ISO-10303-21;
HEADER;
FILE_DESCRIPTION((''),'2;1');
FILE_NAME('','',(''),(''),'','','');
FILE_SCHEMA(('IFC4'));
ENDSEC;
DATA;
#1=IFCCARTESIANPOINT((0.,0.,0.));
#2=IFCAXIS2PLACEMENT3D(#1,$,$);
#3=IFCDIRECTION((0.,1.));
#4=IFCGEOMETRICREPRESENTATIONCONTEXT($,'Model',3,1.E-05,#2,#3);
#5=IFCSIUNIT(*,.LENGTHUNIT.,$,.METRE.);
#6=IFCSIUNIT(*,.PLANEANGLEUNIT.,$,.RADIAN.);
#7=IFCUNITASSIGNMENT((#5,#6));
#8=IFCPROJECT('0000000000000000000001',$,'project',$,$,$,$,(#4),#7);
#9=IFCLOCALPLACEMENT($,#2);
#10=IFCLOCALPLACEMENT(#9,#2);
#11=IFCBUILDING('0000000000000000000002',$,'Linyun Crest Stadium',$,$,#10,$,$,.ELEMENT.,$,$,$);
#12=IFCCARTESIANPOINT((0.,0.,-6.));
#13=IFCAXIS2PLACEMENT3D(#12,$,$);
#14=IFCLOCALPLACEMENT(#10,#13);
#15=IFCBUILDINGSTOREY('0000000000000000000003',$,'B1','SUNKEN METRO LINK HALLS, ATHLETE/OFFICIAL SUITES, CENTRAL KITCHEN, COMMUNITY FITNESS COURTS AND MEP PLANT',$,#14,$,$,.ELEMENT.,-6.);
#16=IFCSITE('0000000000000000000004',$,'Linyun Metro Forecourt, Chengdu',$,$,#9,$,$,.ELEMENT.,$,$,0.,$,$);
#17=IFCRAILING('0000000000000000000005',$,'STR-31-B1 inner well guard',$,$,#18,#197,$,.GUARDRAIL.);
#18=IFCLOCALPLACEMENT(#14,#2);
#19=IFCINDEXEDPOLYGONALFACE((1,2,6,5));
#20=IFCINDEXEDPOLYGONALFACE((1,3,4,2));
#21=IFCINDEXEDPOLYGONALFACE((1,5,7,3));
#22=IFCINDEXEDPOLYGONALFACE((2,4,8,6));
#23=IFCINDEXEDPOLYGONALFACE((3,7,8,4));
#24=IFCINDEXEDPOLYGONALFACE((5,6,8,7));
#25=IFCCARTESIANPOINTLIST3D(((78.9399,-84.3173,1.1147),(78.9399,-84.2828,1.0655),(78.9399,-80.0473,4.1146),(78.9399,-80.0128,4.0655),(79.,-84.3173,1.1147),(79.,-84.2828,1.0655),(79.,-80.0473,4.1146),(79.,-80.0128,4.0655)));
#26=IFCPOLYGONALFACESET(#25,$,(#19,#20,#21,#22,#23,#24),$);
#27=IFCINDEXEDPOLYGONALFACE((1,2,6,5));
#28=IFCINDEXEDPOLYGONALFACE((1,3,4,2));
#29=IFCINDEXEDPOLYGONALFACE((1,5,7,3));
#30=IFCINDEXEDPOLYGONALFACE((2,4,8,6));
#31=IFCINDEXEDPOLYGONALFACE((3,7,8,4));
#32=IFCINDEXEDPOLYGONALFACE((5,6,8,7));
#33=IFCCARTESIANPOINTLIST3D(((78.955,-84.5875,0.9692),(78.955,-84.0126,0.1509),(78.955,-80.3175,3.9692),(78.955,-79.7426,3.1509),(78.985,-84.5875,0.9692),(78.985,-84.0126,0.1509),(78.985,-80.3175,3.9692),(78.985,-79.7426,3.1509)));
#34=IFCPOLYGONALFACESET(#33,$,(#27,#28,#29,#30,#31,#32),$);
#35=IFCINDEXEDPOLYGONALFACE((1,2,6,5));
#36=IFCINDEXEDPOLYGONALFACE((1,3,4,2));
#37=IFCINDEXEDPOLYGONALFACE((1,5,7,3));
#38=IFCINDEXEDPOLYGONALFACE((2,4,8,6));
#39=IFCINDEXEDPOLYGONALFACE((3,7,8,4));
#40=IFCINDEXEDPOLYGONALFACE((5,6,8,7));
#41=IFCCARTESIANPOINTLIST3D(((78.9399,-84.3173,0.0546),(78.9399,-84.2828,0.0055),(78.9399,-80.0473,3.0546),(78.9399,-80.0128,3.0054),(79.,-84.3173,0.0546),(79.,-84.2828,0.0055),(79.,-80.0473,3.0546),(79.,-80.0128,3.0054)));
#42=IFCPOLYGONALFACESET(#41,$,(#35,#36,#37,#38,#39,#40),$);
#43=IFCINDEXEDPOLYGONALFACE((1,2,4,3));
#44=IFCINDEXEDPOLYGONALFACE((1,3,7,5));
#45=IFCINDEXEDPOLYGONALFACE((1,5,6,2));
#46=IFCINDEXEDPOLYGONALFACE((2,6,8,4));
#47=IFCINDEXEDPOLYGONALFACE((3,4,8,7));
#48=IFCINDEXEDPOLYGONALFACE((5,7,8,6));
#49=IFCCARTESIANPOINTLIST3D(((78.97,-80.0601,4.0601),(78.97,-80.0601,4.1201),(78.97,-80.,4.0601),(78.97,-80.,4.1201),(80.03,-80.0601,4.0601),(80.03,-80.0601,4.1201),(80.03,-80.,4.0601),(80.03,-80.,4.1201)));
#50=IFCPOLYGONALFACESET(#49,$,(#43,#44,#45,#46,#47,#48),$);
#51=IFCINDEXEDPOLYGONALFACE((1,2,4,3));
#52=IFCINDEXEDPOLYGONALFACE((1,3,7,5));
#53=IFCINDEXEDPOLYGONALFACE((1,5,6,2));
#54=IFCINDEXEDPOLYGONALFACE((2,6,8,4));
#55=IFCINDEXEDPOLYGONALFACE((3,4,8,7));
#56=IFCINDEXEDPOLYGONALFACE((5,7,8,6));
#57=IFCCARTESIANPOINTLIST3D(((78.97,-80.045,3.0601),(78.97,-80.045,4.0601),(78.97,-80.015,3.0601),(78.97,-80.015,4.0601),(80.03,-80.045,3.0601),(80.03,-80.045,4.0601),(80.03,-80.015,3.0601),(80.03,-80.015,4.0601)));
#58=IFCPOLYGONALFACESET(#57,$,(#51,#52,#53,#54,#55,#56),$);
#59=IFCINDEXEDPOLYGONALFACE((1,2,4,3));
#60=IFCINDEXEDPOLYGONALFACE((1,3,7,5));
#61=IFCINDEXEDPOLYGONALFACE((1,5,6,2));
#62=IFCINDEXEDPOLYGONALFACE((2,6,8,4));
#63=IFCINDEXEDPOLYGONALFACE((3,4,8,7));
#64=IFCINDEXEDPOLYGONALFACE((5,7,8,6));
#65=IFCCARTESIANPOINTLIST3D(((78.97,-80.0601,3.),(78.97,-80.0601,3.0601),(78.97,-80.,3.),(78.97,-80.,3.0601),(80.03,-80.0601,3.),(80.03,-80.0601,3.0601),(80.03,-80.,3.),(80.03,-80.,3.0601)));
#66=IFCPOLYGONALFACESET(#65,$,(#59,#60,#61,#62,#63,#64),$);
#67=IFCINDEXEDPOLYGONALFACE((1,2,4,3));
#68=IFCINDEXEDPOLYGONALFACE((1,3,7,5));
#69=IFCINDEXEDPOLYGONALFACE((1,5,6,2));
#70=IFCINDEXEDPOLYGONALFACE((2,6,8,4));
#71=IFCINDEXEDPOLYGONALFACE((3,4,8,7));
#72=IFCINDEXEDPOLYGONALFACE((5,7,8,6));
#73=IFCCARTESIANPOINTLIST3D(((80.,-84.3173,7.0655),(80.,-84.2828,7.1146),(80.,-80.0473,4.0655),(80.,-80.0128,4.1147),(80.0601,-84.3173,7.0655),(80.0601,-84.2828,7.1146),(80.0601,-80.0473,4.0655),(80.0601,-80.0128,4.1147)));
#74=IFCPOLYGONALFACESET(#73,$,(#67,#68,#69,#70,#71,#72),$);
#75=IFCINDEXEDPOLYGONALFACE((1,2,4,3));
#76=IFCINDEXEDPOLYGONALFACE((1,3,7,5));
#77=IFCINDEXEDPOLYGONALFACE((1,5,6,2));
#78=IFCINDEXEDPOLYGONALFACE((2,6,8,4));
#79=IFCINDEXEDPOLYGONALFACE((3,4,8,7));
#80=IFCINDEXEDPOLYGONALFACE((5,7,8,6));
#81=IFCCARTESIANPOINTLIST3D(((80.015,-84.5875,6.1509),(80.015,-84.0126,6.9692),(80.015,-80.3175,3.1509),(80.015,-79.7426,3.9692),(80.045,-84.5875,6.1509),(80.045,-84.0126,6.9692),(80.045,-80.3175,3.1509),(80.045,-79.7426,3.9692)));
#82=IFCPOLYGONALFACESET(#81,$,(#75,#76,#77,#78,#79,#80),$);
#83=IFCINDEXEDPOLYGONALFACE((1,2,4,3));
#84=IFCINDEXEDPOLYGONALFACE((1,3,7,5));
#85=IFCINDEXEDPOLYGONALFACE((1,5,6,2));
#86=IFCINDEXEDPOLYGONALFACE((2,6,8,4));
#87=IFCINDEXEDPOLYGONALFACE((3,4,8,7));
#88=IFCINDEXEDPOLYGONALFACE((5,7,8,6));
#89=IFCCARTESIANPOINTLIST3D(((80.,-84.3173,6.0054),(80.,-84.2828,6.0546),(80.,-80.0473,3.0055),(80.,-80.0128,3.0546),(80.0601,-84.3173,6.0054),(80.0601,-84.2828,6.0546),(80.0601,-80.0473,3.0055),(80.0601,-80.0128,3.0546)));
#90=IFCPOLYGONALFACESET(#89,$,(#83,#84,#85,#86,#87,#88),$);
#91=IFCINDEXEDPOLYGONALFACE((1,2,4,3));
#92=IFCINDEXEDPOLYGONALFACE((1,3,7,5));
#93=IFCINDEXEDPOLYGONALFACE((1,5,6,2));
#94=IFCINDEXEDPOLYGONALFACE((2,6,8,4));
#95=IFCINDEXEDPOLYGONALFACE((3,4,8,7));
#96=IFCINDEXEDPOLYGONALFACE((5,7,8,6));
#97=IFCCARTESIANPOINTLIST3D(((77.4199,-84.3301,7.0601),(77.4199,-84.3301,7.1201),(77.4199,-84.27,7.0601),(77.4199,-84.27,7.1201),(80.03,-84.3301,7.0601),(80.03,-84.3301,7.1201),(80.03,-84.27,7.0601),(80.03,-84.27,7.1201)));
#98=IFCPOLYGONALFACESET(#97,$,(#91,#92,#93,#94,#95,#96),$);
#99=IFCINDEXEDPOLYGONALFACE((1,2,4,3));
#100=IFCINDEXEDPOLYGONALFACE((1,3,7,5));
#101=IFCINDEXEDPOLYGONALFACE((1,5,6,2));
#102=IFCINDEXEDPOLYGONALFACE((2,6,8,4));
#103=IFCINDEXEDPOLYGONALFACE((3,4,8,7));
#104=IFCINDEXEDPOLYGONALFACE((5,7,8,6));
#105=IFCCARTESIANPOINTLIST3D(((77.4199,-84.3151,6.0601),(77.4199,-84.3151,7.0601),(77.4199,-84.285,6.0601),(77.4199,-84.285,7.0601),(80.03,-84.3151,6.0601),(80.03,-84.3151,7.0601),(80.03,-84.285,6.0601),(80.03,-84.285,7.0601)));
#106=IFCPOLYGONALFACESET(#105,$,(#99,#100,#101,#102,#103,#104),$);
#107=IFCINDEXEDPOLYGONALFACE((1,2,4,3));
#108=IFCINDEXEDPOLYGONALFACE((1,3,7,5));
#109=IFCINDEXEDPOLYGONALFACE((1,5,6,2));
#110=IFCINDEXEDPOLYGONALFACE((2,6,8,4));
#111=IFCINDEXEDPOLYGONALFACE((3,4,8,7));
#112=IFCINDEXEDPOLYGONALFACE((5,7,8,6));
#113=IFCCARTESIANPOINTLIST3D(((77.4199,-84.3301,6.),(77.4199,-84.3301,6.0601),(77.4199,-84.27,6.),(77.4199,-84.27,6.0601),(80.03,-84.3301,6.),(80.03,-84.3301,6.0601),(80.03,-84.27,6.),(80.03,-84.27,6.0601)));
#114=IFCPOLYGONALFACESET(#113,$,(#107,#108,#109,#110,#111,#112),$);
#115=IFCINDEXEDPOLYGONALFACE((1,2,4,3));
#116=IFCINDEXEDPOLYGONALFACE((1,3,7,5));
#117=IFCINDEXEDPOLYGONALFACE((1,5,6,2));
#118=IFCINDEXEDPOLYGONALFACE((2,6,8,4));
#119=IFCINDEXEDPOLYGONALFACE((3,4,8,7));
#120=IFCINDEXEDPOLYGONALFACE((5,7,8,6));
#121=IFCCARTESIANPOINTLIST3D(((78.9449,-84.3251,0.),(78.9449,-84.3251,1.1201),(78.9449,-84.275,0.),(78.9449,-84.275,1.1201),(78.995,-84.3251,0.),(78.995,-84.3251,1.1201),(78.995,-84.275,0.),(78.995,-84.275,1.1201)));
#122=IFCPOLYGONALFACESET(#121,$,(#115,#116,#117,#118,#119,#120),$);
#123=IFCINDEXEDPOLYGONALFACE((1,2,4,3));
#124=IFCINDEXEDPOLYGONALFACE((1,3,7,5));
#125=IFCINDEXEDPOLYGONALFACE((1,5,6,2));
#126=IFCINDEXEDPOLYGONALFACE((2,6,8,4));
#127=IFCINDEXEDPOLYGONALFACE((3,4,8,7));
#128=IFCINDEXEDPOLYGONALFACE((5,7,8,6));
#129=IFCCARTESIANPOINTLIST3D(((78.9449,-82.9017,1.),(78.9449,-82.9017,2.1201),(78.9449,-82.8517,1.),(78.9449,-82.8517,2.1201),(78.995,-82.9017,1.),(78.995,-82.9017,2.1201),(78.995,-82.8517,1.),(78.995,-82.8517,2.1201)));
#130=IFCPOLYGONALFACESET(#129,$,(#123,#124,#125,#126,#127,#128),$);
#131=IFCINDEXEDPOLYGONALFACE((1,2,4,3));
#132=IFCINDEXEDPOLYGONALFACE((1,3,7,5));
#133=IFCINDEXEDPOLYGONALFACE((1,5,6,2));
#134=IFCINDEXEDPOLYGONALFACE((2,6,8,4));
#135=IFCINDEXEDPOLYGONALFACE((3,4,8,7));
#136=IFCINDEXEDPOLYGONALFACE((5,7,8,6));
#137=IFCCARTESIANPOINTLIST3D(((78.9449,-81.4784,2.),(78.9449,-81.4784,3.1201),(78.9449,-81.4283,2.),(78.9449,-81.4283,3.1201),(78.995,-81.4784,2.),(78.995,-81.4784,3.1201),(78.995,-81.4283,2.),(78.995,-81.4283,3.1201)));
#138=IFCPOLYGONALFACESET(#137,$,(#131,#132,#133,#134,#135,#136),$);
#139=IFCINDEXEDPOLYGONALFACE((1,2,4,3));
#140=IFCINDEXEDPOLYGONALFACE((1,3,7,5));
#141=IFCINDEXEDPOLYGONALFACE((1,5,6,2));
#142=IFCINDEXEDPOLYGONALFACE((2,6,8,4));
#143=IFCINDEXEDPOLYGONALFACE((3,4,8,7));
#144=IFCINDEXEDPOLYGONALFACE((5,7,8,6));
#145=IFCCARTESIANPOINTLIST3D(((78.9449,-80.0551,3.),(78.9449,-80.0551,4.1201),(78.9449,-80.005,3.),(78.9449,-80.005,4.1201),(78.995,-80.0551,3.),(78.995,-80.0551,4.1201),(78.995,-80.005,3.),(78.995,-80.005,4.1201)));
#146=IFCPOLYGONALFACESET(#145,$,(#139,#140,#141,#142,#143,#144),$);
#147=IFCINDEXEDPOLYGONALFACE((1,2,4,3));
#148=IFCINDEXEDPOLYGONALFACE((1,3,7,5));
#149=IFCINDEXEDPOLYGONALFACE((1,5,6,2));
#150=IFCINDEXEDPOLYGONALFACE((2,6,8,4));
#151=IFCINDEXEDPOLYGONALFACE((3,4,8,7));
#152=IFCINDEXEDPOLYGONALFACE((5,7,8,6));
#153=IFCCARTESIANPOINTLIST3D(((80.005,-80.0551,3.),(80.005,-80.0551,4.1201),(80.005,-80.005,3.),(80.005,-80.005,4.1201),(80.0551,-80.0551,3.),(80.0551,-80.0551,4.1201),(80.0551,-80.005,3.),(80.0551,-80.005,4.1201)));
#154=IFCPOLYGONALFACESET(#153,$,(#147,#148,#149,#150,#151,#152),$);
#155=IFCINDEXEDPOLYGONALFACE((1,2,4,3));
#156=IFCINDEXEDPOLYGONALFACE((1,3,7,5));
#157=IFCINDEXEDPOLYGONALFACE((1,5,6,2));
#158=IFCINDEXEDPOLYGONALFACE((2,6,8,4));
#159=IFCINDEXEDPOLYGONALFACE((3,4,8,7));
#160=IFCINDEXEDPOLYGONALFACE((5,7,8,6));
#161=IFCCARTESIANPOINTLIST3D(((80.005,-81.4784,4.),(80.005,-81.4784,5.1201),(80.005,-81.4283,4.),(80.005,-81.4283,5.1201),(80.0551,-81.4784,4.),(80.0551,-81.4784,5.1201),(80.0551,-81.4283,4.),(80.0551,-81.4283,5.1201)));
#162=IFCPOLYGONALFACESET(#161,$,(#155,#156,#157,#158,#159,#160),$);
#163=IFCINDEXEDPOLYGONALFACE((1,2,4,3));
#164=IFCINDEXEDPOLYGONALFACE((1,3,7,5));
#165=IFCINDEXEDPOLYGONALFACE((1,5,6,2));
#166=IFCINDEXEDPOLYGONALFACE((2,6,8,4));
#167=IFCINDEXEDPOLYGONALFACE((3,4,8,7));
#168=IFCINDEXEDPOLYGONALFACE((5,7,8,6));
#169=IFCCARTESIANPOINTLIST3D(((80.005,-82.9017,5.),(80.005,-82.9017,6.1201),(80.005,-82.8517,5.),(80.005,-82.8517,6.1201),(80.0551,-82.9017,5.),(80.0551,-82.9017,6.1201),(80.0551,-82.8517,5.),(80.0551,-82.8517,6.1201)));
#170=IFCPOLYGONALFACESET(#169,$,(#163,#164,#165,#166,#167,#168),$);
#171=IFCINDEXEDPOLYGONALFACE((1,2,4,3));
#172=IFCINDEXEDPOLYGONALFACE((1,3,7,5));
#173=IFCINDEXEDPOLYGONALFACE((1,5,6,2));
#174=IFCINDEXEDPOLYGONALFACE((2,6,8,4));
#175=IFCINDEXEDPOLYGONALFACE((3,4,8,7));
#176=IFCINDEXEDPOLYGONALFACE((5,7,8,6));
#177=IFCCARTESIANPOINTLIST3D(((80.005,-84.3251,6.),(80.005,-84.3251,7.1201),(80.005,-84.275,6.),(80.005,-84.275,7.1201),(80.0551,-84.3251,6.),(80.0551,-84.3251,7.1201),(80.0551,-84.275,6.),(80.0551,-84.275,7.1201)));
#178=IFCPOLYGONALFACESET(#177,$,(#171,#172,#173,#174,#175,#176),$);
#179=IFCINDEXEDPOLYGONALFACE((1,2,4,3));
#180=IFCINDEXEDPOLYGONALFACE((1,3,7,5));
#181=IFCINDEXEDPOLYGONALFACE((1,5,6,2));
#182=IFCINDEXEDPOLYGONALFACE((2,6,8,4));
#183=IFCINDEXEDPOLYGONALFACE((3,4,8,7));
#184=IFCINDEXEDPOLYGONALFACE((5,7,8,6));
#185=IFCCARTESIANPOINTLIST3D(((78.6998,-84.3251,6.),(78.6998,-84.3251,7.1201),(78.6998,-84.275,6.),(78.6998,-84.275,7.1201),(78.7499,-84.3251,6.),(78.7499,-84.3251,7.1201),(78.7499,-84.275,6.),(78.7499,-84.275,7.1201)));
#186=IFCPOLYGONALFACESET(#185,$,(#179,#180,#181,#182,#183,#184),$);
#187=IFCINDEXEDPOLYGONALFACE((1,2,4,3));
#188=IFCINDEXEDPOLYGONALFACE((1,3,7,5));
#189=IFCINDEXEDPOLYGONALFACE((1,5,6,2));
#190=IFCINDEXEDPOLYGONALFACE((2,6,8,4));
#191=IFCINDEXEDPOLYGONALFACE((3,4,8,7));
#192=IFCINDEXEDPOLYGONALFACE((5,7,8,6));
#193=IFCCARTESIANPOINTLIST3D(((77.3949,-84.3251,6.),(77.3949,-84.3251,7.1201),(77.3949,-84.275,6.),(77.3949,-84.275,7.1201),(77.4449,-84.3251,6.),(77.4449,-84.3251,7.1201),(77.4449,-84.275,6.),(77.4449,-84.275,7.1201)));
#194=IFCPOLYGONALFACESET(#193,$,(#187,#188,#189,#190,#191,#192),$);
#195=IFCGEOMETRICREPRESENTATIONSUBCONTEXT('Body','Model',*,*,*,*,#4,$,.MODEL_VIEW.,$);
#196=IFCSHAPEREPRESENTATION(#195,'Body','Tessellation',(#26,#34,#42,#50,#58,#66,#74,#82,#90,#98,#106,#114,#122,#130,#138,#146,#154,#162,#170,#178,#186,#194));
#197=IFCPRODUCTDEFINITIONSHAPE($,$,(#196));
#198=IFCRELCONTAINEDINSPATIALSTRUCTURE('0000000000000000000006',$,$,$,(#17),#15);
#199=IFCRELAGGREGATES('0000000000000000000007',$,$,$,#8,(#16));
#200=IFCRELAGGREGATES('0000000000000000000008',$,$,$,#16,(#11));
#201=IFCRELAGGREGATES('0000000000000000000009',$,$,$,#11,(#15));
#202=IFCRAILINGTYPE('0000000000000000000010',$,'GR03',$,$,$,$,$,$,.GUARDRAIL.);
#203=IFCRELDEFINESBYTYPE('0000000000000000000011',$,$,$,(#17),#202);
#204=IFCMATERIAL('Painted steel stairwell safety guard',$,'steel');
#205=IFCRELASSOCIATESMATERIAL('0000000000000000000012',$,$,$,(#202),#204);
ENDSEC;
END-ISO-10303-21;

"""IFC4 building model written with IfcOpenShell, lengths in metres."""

from ifc_helpers import new_model, si_unit, direction, frame, origin, origin_2d, place, context, subcontext, project, spatial, rectangle, extrude, material, type_object, element, save


model = new_model("IFC4")

# Units and contexts
model_context = context("Model", 3, precision=1e-05, world=origin(), true_north=direction((0.0, 1.0)))
body_context = subcontext(model_context, "Body", "Model", "MODEL_VIEW")
ifc_project = project(units=[si_unit("LENGTHUNIT", "METRE"), si_unit("PLANEANGLEUNIT", "RADIAN")], contexts=[model_context])

# Site, building, storey
site_placement = place(None, origin())
site = spatial("IfcSite", under=ifc_project, at=site_placement, Name="Linyun Metro Forecourt, Chengdu", CompositionType="ELEMENT", RefElevation=0.0)
building_placement = place(site_placement, origin())
building = spatial("IfcBuilding", under=site, at=building_placement, Name="Linyun Crest Stadium", CompositionType="ELEMENT")
storey_placement = place(building_placement, frame((0.0, 0.0, -6.0)))
storey = spatial("IfcBuildingStorey", under=building, at=storey_placement, Name="B1", Description="SUNKEN METRO LINK HALLS, ATHLETE/OFFICIAL SUITES, CENTRAL KITCHEN, COMMUNITY FITNESS COURTS AND MEP PLANT", CompositionType="ELEMENT", Elevation=-6.0)

# Railing
ifc_material_1 = material(Name="Painted steel stairwell safety guard", Category="steel")
railing_type_1 = type_object("IfcRailingType", Name="GR03", PredefinedType="GUARDRAIL", material=ifc_material_1)
railing_1_placement = place(storey_placement, frame((78.97, -84.3, 0.0)))
element("IfcRailing", 1, at=railing_1_placement, inside=storey, type_object=railing_type_1, Name="STR-31-B1 inner well guard", PredefinedType="GUARDRAIL", context=body_context, shape_type="SweptSolid", body=[
    extrude(rectangle(XDim=0.0601, YDim=0.0601, at=origin_2d()), frame((0.0, 0.0, 1.0901), z_axis=(0.0, 0.818242, 0.574874), x_axis=(-1.0, 0.0, 0.0)), (0.0, 0.0, 1.0), 5.2185),
    extrude(rectangle(XDim=0.03, YDim=1.0, at=origin_2d()), frame((0.0, 0.0, 0.5601), z_axis=(0.0, 0.818242, 0.574874), x_axis=(-1.0, 0.0, 0.0)), (0.0, 0.0, 1.0), 5.2185),
    extrude(rectangle(XDim=0.0601, YDim=0.0601, at=origin_2d()), frame((0.0, 0.0, 0.03), z_axis=(0.0, 0.818242, 0.574874), x_axis=(-1.0, 0.0, 0.0)), (0.0, 0.0, 1.0), 5.2185),
    extrude(rectangle(XDim=0.0601, YDim=0.0601, at=origin_2d()), frame((0.0, 4.27, 4.0901), z_axis=(1.0, 0.0, 0.0), x_axis=(0.0, 1.0, 0.0)), (0.0, 0.0, 1.0), 1.0601),
    extrude(rectangle(XDim=0.03, YDim=1.0, at=origin_2d()), frame((0.0, 4.27, 3.5601), z_axis=(1.0, 0.0, 0.0), x_axis=(0.0, 1.0, 0.0)), (0.0, 0.0, 1.0), 1.0601),
    extrude(rectangle(XDim=0.0601, YDim=0.0601, at=origin_2d()), frame((0.0, 4.27, 3.03), z_axis=(1.0, 0.0, 0.0), x_axis=(0.0, 1.0, 0.0)), (0.0, 0.0, 1.0), 1.0601),
    extrude(rectangle(XDim=0.0601, YDim=0.0601, at=origin_2d()), frame((1.0601, 4.27, 4.0901), z_axis=(0.0, -0.818242, 0.574874), x_axis=(1.0, 0.0, 0.0)), (0.0, 0.0, 1.0), 5.2185),
    extrude(rectangle(XDim=0.03, YDim=1.0, at=origin_2d()), frame((1.0601, 4.27, 3.5601), z_axis=(0.0, -0.818242, 0.574874), x_axis=(1.0, 0.0, 0.0)), (0.0, 0.0, 1.0), 5.2185),
    extrude(rectangle(XDim=0.0601, YDim=0.0601, at=origin_2d()), frame((1.0601, 4.27, 3.03), z_axis=(0.0, -0.818242, 0.574874), x_axis=(1.0, 0.0, 0.0)), (0.0, 0.0, 1.0), 5.2185),
    extrude(rectangle(XDim=0.0601, YDim=0.0601, at=origin_2d()), frame((1.0601, 0.0, 7.0901), z_axis=(-1.0, 0.0, 0.0), x_axis=(0.0, -1.0, 0.0)), (0.0, 0.0, 1.0), 2.6101),
    extrude(rectangle(XDim=0.03, YDim=1.0, at=origin_2d()), frame((1.0601, 0.0, 6.5601), z_axis=(-1.0, 0.0, 0.0), x_axis=(0.0, -1.0, 0.0)), (0.0, 0.0, 1.0), 2.6101),
    extrude(rectangle(XDim=0.0601, YDim=0.0601, at=origin_2d()), frame((1.0601, 0.0, 6.03), z_axis=(-1.0, 0.0, 0.0), x_axis=(0.0, -1.0, 0.0)), (0.0, 0.0, 1.0), 2.6101),
    extrude(rectangle(XDim=0.05, YDim=0.05, at=origin_2d()), origin(), (0.0, 0.0, 1.0), 1.1201),
    extrude(rectangle(XDim=0.05, YDim=0.05, at=origin_2d()), frame((0.0, 1.4233, 1.0)), (0.0, 0.0, 1.0), 1.1201),
    extrude(rectangle(XDim=0.05, YDim=0.05, at=origin_2d()), frame((0.0, 2.8467, 2.0)), (0.0, 0.0, 1.0), 1.1201),
    extrude(rectangle(XDim=0.05, YDim=0.05, at=origin_2d()), frame((0.0, 4.27, 3.0)), (0.0, 0.0, 1.0), 1.1201),
    extrude(rectangle(XDim=0.05, YDim=0.05, at=origin_2d()), frame((1.0601, 4.27, 3.0)), (0.0, 0.0, 1.0), 1.1201),
    extrude(rectangle(XDim=0.05, YDim=0.05, at=origin_2d()), frame((1.0601, 2.8467, 4.0)), (0.0, 0.0, 1.0), 1.1201),
    extrude(rectangle(XDim=0.05, YDim=0.05, at=origin_2d()), frame((1.0601, 1.4233, 5.0)), (0.0, 0.0, 1.0), 1.1201),
    extrude(rectangle(XDim=0.05, YDim=0.05, at=origin_2d()), frame((1.0601, 0.0, 6.0)), (0.0, 0.0, 1.0), 1.1201),
    extrude(rectangle(XDim=0.05, YDim=0.05, at=origin_2d()), frame((-0.2451, 0.0, 6.0)), (0.0, 0.0, 1.0), 1.1201),
    extrude(rectangle(XDim=0.05, YDim=0.05, at=origin_2d()), frame((-1.55, 0.0, 6.0)), (0.0, 0.0, 1.0), 1.1201),
])

save(model, "model.ifc")
